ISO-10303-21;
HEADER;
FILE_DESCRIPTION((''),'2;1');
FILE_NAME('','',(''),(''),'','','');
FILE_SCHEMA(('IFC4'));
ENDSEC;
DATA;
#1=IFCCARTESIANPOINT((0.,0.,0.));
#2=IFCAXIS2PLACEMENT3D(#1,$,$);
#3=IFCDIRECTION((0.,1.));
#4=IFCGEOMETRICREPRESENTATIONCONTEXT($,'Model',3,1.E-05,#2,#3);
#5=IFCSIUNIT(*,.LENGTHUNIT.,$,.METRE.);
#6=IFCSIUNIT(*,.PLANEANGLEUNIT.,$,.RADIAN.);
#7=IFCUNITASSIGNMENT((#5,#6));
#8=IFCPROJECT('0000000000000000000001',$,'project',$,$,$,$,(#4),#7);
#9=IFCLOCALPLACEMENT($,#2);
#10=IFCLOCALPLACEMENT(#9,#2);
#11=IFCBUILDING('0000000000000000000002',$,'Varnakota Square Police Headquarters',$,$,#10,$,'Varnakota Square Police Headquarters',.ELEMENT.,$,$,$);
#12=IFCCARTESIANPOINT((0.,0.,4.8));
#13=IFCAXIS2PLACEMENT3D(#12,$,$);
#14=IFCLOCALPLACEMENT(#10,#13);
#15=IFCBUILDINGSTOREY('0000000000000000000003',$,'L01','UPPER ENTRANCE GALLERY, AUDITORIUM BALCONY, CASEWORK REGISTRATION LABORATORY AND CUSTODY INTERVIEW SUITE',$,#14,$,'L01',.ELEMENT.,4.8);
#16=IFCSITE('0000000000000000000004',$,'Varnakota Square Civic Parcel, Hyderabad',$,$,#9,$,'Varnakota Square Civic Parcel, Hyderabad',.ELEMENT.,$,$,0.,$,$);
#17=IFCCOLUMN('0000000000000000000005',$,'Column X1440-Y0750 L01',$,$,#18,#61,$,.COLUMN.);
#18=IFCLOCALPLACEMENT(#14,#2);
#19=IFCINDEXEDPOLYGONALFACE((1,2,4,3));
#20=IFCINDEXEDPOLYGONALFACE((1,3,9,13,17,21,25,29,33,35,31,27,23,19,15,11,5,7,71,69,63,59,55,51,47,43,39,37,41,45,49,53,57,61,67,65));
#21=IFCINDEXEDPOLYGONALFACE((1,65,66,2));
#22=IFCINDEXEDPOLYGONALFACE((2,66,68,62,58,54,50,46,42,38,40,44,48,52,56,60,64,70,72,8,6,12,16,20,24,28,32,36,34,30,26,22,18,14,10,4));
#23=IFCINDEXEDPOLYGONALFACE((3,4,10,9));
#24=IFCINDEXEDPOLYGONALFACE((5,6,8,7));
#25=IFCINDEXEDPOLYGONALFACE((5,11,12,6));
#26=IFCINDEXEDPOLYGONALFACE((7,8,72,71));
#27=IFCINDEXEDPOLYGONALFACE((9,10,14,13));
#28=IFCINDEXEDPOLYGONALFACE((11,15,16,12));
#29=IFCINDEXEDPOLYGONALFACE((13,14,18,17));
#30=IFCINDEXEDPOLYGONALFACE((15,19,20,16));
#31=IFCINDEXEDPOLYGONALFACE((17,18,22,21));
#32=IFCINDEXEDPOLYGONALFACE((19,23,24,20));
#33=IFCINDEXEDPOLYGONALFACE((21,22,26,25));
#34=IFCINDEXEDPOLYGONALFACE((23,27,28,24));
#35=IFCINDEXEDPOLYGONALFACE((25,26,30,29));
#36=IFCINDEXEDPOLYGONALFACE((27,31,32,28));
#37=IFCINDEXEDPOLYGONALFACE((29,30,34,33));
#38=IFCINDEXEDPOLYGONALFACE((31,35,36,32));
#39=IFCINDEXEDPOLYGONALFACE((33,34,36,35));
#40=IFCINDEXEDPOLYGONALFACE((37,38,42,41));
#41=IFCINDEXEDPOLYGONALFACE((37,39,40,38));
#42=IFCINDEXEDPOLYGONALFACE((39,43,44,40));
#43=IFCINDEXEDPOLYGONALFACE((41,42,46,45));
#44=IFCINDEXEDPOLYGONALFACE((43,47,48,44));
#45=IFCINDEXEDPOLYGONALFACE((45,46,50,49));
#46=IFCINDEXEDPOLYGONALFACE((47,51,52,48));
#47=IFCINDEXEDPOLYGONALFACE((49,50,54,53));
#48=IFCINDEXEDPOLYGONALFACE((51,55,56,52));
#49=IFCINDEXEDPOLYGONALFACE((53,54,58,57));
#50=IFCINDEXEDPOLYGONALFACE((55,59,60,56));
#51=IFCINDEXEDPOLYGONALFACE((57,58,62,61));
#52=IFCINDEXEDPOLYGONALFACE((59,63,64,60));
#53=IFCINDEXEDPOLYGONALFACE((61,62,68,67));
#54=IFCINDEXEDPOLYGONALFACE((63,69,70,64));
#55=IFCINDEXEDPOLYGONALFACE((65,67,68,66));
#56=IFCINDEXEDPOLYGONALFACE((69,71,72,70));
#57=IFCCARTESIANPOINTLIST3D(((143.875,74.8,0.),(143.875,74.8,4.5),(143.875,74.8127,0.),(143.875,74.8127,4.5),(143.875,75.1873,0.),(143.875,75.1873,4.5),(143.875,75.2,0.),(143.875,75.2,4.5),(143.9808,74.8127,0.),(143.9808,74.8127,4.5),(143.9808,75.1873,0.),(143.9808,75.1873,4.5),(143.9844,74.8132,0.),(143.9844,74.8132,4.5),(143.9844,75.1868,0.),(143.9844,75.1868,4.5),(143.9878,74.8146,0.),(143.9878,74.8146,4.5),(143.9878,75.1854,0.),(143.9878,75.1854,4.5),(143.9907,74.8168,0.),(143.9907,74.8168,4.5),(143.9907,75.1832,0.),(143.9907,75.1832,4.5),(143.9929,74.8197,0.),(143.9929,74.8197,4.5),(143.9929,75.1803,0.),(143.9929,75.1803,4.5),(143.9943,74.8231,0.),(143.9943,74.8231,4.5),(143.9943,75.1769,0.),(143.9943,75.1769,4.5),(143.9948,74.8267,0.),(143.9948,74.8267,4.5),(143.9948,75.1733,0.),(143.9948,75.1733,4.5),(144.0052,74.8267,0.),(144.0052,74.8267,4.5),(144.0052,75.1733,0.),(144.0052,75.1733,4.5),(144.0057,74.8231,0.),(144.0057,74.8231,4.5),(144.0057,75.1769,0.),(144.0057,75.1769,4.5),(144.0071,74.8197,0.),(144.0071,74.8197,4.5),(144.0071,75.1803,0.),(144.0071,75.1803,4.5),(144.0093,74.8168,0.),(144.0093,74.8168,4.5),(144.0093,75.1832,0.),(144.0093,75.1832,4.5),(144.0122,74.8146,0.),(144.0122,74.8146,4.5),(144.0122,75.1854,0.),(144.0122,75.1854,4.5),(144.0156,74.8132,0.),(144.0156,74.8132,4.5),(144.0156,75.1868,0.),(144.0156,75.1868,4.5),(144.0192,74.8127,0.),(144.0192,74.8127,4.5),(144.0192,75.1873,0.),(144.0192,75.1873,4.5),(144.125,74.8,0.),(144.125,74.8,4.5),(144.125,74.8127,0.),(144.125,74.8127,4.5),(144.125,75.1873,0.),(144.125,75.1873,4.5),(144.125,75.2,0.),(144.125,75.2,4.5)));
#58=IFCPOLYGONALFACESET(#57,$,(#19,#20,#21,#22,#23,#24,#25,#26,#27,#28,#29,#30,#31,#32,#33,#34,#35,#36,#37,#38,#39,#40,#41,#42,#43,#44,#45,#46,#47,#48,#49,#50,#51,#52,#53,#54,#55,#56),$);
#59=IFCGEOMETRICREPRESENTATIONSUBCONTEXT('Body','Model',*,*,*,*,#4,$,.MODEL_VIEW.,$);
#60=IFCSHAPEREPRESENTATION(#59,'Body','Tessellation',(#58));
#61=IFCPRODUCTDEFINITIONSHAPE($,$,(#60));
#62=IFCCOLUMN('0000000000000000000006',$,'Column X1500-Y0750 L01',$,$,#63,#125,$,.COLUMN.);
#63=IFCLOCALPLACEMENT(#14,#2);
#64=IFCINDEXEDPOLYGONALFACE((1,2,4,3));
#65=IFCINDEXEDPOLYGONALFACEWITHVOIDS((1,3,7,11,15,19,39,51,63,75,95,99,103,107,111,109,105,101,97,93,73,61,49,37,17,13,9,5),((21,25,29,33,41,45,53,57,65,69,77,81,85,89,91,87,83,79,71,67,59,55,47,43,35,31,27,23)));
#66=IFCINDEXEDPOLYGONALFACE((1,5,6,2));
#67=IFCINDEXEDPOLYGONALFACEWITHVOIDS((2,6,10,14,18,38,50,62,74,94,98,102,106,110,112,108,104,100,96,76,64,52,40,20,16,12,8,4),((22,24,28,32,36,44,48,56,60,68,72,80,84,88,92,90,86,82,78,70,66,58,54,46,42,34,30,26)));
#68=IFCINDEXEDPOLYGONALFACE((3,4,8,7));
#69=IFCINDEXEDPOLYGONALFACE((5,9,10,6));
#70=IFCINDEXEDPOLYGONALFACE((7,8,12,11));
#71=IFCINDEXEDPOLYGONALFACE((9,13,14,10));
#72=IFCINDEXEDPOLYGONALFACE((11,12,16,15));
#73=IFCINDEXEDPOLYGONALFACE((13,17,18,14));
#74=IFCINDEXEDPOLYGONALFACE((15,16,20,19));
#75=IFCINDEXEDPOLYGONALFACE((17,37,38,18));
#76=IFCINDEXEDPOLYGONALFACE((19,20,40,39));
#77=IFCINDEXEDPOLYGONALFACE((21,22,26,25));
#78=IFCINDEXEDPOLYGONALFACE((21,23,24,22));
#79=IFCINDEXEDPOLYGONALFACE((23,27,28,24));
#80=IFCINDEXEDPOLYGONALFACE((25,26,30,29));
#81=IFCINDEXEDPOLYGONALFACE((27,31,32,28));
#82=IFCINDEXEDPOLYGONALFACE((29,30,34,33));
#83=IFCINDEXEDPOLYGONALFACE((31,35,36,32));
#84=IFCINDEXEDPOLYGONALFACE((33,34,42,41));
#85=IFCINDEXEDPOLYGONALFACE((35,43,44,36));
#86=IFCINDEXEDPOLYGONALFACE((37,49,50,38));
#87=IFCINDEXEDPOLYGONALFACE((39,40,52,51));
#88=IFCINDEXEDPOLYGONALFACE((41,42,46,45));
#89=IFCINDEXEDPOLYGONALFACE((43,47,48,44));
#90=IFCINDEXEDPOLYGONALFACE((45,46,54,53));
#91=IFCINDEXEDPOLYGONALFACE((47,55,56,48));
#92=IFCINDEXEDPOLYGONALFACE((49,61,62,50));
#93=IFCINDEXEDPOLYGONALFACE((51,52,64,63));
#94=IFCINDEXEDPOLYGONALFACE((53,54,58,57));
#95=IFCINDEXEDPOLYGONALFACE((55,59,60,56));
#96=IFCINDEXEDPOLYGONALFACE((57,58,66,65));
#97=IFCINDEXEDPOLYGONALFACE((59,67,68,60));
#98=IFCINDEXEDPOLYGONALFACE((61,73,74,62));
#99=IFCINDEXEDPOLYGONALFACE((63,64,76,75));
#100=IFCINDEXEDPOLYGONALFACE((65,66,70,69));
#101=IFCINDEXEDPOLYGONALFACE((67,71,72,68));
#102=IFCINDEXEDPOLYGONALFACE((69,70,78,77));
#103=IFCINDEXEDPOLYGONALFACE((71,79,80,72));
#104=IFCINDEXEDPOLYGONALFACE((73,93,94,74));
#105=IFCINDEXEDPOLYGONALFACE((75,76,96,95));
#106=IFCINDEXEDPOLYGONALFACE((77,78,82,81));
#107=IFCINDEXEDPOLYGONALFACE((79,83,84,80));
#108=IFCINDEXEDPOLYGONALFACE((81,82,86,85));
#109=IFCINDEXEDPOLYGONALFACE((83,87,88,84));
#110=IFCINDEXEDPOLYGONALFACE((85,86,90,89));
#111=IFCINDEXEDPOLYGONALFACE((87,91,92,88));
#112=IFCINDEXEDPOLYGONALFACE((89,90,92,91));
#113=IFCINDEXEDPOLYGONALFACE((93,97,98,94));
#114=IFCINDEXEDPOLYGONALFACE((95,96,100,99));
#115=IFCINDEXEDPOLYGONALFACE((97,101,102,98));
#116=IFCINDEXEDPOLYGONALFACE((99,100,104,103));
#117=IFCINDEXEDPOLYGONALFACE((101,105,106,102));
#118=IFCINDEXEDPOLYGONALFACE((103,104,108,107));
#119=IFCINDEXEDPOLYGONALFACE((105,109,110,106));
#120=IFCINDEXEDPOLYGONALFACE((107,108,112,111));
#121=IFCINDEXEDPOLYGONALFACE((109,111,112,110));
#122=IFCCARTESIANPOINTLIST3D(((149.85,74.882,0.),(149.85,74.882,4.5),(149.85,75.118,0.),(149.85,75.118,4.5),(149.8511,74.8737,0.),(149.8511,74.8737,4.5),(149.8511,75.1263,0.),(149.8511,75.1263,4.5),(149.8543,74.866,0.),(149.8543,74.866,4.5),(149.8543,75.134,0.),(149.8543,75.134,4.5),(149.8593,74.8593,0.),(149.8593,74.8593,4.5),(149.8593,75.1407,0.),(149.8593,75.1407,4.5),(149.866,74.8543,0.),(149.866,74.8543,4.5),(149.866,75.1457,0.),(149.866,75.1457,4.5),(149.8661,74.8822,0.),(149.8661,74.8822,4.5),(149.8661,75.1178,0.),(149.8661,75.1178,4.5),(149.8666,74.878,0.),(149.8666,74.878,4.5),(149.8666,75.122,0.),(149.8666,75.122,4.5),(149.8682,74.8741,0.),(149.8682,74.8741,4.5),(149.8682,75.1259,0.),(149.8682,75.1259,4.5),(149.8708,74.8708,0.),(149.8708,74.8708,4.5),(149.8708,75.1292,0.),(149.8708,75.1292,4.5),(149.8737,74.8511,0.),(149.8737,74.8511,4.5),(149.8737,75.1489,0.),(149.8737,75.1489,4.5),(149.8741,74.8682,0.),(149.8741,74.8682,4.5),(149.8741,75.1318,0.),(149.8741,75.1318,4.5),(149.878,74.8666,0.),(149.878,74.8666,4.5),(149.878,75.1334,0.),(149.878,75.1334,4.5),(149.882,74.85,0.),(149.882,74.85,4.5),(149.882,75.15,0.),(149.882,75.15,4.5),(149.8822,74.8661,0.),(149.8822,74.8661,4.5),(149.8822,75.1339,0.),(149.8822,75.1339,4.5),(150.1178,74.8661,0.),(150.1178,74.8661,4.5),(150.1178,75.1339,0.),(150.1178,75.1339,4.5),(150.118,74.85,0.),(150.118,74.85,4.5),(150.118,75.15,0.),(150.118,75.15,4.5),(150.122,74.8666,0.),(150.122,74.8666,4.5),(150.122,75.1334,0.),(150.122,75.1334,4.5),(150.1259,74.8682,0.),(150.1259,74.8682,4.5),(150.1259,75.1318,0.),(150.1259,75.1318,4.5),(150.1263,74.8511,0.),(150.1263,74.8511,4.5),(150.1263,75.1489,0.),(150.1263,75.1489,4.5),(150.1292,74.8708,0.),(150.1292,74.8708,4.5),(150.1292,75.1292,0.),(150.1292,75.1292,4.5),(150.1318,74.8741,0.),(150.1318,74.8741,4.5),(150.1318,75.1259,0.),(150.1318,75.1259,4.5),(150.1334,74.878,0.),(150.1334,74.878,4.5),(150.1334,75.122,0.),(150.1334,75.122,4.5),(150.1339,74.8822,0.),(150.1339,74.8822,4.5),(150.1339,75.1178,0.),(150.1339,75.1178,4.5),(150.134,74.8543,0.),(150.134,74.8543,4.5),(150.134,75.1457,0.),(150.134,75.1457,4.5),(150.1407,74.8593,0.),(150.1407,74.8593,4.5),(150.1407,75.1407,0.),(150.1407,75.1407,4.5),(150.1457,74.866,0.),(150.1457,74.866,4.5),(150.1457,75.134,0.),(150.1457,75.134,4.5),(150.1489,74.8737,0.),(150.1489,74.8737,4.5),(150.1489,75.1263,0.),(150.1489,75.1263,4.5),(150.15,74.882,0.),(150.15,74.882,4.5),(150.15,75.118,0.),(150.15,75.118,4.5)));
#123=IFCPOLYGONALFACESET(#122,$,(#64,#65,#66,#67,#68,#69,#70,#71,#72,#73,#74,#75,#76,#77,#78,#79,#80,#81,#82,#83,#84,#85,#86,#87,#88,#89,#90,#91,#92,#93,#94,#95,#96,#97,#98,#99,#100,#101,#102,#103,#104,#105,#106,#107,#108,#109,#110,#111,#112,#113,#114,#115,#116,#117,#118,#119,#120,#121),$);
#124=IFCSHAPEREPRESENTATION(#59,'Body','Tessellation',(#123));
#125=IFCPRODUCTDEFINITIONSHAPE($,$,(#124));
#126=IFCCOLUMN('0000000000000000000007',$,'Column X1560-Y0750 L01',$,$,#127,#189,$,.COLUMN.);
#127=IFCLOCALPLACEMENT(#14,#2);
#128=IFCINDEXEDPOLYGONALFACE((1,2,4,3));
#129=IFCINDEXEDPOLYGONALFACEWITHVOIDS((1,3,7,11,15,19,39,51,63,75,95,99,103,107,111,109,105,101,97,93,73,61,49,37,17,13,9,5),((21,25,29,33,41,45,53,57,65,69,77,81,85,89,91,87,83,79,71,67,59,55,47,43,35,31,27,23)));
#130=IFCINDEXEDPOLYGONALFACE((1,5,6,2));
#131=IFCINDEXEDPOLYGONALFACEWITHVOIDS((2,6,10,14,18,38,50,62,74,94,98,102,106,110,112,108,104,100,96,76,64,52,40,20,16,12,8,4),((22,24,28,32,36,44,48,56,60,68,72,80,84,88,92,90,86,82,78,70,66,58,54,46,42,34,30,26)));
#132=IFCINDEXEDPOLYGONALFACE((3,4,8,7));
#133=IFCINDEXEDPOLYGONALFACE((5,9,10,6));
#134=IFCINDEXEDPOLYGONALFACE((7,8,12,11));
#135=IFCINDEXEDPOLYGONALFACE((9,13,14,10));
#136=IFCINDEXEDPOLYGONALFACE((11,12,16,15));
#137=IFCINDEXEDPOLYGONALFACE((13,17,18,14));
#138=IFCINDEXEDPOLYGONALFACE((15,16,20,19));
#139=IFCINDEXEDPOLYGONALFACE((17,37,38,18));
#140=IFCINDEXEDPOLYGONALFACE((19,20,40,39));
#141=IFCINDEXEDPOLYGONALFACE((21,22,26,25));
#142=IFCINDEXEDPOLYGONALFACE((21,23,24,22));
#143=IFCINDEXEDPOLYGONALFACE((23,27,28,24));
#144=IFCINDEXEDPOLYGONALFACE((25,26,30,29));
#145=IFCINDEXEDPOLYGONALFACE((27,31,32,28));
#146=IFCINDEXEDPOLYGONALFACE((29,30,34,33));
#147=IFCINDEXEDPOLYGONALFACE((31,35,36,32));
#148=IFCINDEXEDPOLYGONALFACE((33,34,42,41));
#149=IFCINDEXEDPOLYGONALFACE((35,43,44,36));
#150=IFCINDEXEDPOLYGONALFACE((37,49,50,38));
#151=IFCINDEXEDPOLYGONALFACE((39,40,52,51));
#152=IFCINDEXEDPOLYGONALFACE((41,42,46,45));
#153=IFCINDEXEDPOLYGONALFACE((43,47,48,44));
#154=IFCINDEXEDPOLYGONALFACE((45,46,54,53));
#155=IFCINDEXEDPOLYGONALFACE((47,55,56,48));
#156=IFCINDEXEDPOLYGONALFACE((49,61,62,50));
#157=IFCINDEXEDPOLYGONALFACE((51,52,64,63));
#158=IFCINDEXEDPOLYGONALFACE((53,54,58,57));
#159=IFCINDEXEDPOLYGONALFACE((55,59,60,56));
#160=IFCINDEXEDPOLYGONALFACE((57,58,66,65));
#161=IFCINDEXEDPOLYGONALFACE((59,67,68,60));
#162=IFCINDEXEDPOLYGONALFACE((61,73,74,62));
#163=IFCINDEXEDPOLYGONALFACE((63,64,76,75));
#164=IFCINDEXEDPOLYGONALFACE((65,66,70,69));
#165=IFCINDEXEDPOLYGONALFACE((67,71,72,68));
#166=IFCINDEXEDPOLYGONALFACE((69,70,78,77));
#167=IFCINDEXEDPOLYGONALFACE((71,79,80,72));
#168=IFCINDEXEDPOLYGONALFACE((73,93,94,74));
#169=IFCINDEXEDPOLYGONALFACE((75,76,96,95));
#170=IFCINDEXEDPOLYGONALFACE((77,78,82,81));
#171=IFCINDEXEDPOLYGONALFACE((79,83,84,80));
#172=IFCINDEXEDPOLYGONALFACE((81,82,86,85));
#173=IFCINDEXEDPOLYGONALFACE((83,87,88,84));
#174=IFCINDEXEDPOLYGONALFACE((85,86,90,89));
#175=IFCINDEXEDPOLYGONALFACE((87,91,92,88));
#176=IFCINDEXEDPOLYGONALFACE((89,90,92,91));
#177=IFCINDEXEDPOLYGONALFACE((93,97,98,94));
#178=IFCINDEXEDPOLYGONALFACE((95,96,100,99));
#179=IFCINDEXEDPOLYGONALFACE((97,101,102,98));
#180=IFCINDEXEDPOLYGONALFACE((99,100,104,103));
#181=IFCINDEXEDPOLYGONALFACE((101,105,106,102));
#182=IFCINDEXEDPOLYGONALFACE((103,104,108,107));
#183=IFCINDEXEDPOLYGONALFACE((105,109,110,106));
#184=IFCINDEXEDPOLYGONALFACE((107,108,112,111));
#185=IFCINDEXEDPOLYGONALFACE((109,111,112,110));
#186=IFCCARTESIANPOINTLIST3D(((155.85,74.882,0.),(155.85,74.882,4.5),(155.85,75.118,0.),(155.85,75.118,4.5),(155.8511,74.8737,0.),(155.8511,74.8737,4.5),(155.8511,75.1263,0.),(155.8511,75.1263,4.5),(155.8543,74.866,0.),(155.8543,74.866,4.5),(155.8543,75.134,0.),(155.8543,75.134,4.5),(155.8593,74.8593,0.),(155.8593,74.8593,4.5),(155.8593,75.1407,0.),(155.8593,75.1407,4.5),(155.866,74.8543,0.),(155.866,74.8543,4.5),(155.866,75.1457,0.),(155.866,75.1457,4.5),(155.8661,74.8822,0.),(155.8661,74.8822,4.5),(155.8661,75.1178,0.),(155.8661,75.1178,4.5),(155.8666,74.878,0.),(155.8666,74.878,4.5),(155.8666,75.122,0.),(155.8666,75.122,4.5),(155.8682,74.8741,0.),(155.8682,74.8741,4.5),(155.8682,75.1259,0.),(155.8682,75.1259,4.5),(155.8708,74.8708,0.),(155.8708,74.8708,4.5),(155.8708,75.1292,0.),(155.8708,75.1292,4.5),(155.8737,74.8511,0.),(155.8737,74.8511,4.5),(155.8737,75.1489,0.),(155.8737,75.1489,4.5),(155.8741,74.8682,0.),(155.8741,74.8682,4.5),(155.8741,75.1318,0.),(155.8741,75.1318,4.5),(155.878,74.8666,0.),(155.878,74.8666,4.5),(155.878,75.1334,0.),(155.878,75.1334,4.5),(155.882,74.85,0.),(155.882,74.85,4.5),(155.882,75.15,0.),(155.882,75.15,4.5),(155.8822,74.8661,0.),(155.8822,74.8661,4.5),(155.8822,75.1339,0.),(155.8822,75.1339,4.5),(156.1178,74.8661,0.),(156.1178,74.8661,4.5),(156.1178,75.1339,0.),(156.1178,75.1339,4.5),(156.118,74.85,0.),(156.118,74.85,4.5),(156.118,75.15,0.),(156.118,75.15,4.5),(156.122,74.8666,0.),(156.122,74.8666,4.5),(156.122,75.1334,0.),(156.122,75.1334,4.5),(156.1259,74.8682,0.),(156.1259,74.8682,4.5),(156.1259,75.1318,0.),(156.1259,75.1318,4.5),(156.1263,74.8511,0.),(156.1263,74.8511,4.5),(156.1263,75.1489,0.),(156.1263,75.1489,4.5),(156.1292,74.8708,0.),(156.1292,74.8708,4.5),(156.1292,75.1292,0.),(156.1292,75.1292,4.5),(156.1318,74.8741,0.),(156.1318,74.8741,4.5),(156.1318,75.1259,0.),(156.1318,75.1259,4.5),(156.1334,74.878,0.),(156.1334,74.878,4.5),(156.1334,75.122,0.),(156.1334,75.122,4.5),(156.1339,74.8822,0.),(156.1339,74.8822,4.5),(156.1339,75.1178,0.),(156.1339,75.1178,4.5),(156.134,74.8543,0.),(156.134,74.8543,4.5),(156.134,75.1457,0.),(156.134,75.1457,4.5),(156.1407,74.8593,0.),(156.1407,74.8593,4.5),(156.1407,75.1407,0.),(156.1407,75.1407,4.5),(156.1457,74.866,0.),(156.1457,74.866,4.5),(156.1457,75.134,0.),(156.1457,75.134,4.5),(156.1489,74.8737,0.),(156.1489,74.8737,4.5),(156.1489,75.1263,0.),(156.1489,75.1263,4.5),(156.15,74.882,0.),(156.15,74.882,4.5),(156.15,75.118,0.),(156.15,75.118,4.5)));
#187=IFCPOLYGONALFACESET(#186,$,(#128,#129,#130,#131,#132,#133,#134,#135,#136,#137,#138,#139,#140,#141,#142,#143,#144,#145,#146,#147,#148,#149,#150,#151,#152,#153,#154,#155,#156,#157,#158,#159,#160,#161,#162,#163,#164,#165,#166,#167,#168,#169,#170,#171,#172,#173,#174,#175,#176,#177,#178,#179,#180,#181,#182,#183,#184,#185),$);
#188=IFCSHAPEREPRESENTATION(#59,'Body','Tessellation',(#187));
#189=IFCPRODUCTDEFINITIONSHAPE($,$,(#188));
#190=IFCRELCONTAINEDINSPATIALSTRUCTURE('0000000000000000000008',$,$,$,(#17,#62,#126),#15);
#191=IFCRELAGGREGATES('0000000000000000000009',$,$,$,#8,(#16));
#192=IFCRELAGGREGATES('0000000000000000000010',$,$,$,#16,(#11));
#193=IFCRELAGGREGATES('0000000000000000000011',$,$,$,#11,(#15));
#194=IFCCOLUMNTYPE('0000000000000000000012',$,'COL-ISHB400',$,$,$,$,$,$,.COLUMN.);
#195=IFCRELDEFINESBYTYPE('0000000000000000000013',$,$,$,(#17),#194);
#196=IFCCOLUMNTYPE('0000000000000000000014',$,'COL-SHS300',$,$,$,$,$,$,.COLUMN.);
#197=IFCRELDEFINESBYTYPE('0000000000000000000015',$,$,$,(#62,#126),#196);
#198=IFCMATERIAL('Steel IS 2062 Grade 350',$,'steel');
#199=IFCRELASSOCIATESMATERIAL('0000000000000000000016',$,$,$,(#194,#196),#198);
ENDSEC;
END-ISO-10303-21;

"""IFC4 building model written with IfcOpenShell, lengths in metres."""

from ifc_helpers import new_model, si_unit, direction, frame, origin, origin_2d, place, context, subcontext, project, spatial, hollow_rectangle, i_section, extrude, material, material_profile, profile_set, type_object, element, save


model = new_model("IFC4")

# Units and contexts
model_context = context("Model", 3, precision=1e-05, world=origin(), true_north=direction((0.0, 1.0)))
body_context = subcontext(model_context, "Body", "Model", "MODEL_VIEW")
ifc_project = project(units=[si_unit("LENGTHUNIT", "METRE"), si_unit("PLANEANGLEUNIT", "RADIAN")], contexts=[model_context])

# Site, building, storey
site_placement = place(None, origin())
site = spatial("IfcSite", under=ifc_project, at=site_placement, Name="Varnakota Square Civic Parcel, Hyderabad", LongName="Varnakota Square Civic Parcel, Hyderabad", CompositionType="ELEMENT", RefElevation=0.0)
building_placement = place(site_placement, origin())
building = spatial("IfcBuilding", under=site, at=building_placement, Name="Varnakota Square Police Headquarters", LongName="Varnakota Square Police Headquarters", CompositionType="ELEMENT")
storey_placement = place(building_placement, frame((0.0, 0.0, 4.8)))
storey = spatial("IfcBuildingStorey", under=building, at=storey_placement, Name="L01", Description="UPPER ENTRANCE GALLERY, AUDITORIUM BALCONY, CASEWORK REGISTRATION LABORATORY AND CUSTODY INTERVIEW SUITE", LongName="L01", CompositionType="ELEMENT", Elevation=4.8)

# Columns
ifc_material_1 = material(Name="Steel IS 2062 Grade 350", Category="steel")
ifc_material_profile_1 = material_profile(ifc_material_1, i_section(OverallWidth=0.25, OverallDepth=0.3999, WebThickness=0.0105, FlangeThickness=0.0127, FilletRadius=0.0139, at=origin_2d()), Name="ISHB 400")
ifc_profile_set_1 = profile_set([ifc_material_profile_1], Name="Steel IS 2062 Grade 350")
column_type_1 = type_object("IfcColumnType", Name="COL-ISHB400", PredefinedType="COLUMN", material=ifc_profile_set_1)
column_placement = place(storey_placement, frame((144.0, 75.0, 0.0), z_axis=(0.0, 0.0, 1.0), x_axis=(1.0, 0.0, 0.0)))
element("IfcColumn", 1, at=column_placement, inside=storey, type_object=column_type_1, Name="Column X1440-Y0750 L01", PredefinedType="COLUMN", context=body_context, shape_type="SweptSolid", body=[
    extrude(i_section(OverallWidth=0.25, OverallDepth=0.3999, WebThickness=0.0105, FlangeThickness=0.0127, FilletRadius=0.0139, at=origin_2d()), origin(), (0.0, 0.0, 1.0), 4.5),
])
ifc_material_profile_2 = material_profile(ifc_material_1, hollow_rectangle(XDim=0.3, YDim=0.3, WallThickness=0.0161, InnerFilletRadius=0.0161, OuterFilletRadius=0.032, at=origin_2d()), Name="SHS 300x300x16")
ifc_profile_set_2 = profile_set([ifc_material_profile_2], Name="Steel IS 2062 Grade 350")
column_type_2 = type_object("IfcColumnType", Name="COL-SHS300", PredefinedType="COLUMN", material=ifc_profile_set_2)
for number, where, z_axis, x_axis, name in (
    (2, (150.0, 75.0, 0.0), (0.0, 0.0, 1.0), (1.0, 0.0, 0.0), "Column X1500-Y0750 L01"),
    (3, (156.0, 75.0, 0.0), (0.0, 0.0, 1.0), (1.0, 0.0, 0.0), "Column X1560-Y0750 L01"),
):
    element("IfcColumn", number, at=place(storey_placement, frame(where, z_axis=z_axis, x_axis=x_axis)), inside=storey, type_object=column_type_2, Name=name, PredefinedType="COLUMN", context=body_context, shape_type="SweptSolid", body=[
        extrude(hollow_rectangle(XDim=0.3, YDim=0.3, WallThickness=0.0161, InnerFilletRadius=0.0161, OuterFilletRadius=0.032, at=origin_2d()), origin(), (0.0, 0.0, 1.0), 4.5),
    ])

save(model, "model.ifc")
